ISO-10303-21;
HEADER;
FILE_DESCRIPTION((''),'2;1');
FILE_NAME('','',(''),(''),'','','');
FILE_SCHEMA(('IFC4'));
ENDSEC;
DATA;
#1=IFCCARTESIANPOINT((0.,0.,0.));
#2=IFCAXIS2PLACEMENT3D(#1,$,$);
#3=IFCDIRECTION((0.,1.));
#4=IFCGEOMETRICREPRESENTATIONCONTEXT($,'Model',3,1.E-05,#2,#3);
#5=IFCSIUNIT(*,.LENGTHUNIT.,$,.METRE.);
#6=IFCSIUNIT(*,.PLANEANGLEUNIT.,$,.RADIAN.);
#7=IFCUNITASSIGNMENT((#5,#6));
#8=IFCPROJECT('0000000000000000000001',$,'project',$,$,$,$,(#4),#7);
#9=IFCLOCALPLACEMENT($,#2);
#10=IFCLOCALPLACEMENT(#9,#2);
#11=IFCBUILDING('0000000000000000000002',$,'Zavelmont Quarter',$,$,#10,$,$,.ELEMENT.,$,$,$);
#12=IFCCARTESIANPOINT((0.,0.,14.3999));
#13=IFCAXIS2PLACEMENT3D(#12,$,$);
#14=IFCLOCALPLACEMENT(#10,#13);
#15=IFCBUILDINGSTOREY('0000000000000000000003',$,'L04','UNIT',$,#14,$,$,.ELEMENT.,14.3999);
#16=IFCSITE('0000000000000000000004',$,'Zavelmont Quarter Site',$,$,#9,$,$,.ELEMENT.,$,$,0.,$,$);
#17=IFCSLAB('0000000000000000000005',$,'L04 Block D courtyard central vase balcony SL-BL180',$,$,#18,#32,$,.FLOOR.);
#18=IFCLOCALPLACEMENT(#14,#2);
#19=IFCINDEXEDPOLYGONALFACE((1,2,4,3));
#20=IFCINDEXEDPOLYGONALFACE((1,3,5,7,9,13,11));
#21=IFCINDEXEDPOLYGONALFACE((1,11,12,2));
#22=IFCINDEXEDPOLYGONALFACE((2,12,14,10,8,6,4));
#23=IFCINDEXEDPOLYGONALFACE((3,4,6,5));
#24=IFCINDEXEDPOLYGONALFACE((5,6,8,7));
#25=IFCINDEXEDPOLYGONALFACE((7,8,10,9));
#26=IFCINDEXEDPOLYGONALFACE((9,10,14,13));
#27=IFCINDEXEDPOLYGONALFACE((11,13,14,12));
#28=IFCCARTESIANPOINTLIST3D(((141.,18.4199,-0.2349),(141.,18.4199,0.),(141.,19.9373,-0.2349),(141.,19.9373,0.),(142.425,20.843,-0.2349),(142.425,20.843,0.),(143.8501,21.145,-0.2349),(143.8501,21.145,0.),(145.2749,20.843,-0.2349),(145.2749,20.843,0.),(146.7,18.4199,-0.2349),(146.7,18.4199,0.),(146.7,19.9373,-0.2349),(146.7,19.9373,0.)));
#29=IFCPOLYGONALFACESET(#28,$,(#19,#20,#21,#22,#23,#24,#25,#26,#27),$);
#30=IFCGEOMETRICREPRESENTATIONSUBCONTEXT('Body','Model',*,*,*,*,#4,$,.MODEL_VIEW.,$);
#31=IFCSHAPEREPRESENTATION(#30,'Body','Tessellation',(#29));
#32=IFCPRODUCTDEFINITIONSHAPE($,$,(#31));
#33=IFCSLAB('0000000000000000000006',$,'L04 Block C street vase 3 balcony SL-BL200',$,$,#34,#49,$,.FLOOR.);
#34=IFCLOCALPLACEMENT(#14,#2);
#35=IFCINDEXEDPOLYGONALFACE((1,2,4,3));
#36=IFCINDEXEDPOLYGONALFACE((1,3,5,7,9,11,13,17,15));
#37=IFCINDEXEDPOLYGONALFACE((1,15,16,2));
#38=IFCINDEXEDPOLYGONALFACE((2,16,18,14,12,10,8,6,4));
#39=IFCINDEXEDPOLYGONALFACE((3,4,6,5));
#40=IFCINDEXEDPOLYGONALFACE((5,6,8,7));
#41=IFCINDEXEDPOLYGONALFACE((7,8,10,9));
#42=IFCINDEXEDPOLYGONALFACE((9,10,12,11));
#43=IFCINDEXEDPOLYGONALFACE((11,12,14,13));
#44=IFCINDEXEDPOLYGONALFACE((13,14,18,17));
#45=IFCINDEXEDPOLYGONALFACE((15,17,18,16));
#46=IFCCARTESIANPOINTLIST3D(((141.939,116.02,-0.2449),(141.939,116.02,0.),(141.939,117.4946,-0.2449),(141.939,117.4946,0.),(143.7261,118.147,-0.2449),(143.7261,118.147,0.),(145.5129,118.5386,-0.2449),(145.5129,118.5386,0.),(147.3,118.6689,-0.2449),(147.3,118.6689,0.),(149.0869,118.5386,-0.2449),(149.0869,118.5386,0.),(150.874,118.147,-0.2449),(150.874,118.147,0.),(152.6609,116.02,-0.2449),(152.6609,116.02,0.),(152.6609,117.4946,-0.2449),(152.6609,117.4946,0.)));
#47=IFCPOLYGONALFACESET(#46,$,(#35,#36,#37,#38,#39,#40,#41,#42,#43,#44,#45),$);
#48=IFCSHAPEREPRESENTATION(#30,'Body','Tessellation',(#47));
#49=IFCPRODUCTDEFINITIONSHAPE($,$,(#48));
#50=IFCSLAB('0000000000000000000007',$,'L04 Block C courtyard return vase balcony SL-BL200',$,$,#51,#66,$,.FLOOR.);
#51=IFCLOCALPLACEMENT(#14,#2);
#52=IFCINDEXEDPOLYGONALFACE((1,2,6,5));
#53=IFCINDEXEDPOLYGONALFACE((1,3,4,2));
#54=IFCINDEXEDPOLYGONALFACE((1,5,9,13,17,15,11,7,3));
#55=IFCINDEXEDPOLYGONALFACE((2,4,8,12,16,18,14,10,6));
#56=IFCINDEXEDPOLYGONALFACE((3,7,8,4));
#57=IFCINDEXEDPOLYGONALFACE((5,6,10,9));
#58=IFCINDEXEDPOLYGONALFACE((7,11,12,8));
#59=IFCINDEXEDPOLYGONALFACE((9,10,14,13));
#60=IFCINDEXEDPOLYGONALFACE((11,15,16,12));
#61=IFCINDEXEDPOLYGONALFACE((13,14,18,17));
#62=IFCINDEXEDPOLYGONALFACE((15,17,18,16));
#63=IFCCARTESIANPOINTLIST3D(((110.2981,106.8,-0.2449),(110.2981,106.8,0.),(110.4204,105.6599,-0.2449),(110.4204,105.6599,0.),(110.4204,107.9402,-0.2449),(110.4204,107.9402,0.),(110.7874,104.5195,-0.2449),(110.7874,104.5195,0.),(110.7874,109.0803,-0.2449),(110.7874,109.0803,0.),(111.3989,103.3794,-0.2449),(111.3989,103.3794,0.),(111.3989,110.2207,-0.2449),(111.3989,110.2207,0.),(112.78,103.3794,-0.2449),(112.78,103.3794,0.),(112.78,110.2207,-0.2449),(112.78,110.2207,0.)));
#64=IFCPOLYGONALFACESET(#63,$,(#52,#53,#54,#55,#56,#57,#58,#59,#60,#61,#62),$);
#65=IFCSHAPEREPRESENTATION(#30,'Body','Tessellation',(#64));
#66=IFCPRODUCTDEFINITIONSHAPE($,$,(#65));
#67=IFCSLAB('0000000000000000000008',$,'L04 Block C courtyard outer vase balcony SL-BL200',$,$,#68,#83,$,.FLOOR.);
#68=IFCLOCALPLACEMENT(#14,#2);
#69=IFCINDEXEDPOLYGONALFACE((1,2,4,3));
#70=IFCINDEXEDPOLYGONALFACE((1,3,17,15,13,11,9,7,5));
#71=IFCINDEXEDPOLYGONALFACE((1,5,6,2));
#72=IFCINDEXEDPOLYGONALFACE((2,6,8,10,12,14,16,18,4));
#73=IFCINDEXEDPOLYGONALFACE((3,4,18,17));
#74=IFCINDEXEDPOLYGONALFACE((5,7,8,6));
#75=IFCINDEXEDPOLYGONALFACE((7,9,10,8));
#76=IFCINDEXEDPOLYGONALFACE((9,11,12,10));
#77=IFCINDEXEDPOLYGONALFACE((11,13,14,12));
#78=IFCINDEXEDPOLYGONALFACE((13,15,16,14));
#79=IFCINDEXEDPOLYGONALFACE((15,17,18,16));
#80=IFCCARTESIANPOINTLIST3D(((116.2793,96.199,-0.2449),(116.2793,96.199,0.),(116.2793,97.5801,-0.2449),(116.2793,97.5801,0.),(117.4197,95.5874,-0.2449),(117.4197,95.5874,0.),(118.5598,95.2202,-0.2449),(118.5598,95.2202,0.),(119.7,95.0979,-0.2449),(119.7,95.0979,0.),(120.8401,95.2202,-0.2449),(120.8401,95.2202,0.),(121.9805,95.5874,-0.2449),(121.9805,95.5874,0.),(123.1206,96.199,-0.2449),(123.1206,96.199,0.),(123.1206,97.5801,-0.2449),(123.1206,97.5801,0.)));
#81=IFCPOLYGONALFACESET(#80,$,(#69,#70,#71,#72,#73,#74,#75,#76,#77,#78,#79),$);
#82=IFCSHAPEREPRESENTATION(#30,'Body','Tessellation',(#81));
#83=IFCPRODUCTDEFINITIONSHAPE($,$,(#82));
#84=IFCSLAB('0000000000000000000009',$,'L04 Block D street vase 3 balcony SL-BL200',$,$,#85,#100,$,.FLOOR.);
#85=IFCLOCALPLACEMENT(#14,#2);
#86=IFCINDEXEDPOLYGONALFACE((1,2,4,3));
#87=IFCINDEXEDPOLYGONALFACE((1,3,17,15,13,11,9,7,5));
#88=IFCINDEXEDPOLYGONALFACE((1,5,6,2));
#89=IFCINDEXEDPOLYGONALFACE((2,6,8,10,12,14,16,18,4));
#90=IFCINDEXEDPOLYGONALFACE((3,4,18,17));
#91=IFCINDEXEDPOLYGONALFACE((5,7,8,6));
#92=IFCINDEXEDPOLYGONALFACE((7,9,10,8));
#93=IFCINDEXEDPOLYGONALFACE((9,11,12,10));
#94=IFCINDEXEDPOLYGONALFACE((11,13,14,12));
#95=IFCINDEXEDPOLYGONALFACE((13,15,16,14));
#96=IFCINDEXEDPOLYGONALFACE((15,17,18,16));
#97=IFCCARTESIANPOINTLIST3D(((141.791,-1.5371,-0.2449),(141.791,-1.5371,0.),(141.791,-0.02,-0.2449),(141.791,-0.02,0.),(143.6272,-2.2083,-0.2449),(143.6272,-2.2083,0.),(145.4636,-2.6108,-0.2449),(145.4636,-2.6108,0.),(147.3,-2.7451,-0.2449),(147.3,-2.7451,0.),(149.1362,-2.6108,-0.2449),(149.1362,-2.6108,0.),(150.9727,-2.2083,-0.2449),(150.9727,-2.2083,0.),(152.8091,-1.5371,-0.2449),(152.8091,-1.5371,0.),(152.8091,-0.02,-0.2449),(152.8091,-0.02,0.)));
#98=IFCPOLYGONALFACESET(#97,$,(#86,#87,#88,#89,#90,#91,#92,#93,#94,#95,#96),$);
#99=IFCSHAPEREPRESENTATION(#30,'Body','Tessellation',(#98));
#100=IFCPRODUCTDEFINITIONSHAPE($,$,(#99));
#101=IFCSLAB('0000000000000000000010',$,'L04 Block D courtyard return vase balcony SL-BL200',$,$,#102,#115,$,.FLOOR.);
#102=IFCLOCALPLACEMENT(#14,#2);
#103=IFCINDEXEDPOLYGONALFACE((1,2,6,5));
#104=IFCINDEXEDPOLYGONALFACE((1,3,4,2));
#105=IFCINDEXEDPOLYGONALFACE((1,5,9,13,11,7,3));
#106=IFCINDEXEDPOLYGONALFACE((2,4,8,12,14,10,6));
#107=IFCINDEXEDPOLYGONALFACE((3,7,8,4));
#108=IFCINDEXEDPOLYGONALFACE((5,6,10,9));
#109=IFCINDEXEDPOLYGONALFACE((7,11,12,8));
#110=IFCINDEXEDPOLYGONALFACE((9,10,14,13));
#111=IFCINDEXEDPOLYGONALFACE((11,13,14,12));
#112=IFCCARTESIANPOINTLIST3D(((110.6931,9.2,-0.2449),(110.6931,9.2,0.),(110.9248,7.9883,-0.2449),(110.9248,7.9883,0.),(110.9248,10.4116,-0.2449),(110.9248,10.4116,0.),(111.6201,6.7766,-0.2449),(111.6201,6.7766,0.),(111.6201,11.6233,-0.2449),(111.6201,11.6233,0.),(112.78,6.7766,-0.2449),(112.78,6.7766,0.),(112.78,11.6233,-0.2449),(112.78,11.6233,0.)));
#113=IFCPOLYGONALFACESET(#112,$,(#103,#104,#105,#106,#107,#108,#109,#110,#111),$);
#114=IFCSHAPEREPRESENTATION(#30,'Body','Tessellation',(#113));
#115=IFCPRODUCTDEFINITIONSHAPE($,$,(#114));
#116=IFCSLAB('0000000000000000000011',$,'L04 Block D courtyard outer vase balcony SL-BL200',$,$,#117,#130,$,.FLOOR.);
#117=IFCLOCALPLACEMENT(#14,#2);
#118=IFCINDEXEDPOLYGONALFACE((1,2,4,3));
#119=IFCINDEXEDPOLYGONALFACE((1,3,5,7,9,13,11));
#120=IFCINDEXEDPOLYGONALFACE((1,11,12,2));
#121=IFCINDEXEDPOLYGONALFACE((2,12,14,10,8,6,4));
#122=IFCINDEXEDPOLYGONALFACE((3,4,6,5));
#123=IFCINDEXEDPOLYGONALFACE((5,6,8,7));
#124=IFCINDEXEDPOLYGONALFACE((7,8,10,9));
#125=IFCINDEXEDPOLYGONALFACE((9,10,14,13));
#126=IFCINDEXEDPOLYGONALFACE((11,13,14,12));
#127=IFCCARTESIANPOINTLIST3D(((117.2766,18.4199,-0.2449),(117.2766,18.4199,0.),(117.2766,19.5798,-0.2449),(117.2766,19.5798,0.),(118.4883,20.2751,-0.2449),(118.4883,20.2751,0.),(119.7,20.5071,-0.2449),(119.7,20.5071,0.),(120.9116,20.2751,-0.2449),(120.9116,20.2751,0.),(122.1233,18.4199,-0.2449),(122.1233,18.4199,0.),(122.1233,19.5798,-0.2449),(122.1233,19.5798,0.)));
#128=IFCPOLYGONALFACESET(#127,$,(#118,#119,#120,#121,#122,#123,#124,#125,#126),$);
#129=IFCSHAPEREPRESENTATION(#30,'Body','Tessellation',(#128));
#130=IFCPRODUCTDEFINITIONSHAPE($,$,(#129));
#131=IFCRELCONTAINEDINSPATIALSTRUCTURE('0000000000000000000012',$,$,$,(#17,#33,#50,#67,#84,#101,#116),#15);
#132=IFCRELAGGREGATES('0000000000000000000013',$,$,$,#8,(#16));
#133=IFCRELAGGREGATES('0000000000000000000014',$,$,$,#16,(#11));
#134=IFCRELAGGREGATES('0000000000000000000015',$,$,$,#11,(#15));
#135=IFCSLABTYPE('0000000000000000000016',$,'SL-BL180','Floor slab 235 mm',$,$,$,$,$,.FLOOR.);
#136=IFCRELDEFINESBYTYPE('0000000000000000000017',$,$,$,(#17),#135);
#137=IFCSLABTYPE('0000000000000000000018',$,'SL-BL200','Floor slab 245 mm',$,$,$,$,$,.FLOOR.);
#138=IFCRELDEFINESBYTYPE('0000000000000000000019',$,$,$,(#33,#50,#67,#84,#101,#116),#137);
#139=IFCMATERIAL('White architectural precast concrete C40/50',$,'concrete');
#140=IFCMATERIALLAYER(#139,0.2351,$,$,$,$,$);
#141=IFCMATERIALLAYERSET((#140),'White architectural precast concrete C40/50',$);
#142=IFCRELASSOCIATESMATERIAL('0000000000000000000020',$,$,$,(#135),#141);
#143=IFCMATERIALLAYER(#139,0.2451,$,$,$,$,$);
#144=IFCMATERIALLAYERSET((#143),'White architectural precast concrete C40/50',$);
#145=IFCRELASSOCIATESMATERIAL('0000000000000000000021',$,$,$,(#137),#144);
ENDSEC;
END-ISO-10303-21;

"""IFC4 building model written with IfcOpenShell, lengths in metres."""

from ifc_helpers import new_model, si_unit, direction, frame, origin, place, context, subcontext, project, spatial, polyline, outline, extrude, material, layer, layer_set, type_object, element, save


model = new_model("IFC4")

# Units and contexts
model_context = context("Model", 3, precision=1e-05, world=origin(), true_north=direction((0.0, 1.0)))
body_context = subcontext(model_context, "Body", "Model", "MODEL_VIEW")
ifc_project = project(units=[si_unit("LENGTHUNIT", "METRE"), si_unit("PLANEANGLEUNIT", "RADIAN")], contexts=[model_context])

# Site, building, storey
site_placement = place(None, origin())
site = spatial("IfcSite", under=ifc_project, at=site_placement, Name="Zavelmont Quarter Site", CompositionType="ELEMENT", RefElevation=0.0)
building_placement = place(site_placement, origin())
building = spatial("IfcBuilding", under=site, at=building_placement, Name="Zavelmont Quarter", CompositionType="ELEMENT")
storey_placement = place(building_placement, frame((0.0, 0.0, 14.3999)))
storey = spatial("IfcBuildingStorey", under=building, at=storey_placement, Name="L04", Description="UNIT", CompositionType="ELEMENT", Elevation=14.3999)

# Slabs
ifc_material_1 = material(Name="White architectural precast concrete C40/50", Category="concrete")
ifc_layer_1 = layer(ifc_material_1, 0.2351)
ifc_layer_set_1 = layer_set([ifc_layer_1], Name="White architectural precast concrete C40/50")
slab_type_1 = type_object("IfcSlabType", Name="SL-BL180", Description="Floor slab 235 mm", PredefinedType="FLOOR", material=ifc_layer_set_1)
slab_1_placement = place(storey_placement, frame((0.0, 0.0, -0.2349)))
element("IfcSlab", 1, at=slab_1_placement, inside=storey, type_object=slab_type_1, Name="L04 Block D courtyard central vase balcony SL-BL180", PredefinedType="FLOOR", context=body_context, shape_type="SweptSolid", body=[
    extrude(outline(polyline([(146.7, 18.4199), (146.7, 19.9373), (145.2749, 20.843), (143.8501, 21.145), (142.425, 20.843), (141.0, 19.9373), (141.0, 18.4199), (146.7, 18.4199)])), origin(), (0.0, 0.0, 1.0), 0.2349),
])
ifc_layer_2 = layer(ifc_material_1, 0.2451)
ifc_layer_set_2 = layer_set([ifc_layer_2], Name="White architectural precast concrete C40/50")
slab_type_2 = type_object("IfcSlabType", Name="SL-BL200", Description="Floor slab 245 mm", PredefinedType="FLOOR", material=ifc_layer_set_2)
slab_2_placement = place(storey_placement, frame((0.0, 0.0, -0.2449)))
element("IfcSlab", 2, at=slab_2_placement, inside=storey, type_object=slab_type_2, Name="L04 Block C street vase 3 balcony SL-BL200", PredefinedType="FLOOR", context=body_context, shape_type="SweptSolid", body=[
    extrude(outline(polyline([(152.6609, 116.02), (152.6609, 117.4946), (150.874, 118.147), (149.0869, 118.5386), (147.3, 118.6689), (145.5129, 118.5386), (143.7261, 118.147), (141.939, 117.4946), (141.939, 116.02), (152.6609, 116.02)])), origin(), (0.0, 0.0, 1.0), 0.2449),
])
slab_3_placement = place(storey_placement, frame((0.0, 0.0, -0.2449)))
element("IfcSlab", 3, at=slab_3_placement, inside=storey, type_object=slab_type_2, Name="L04 Block C courtyard return vase balcony SL-BL200", PredefinedType="FLOOR", context=body_context, shape_type="SweptSolid", body=[
    extrude(outline(polyline([(112.78, 110.2207), (111.3989, 110.2207), (110.7874, 109.0803), (110.4204, 107.9402), (110.2981, 106.8), (110.4204, 105.6599), (110.7874, 104.5195), (111.3989, 103.3794), (112.78, 103.3794), (112.78, 110.2207)])), origin(), (0.0, 0.0, 1.0), 0.2449),
])
slab_4_placement = place(storey_placement, frame((0.0, 0.0, -0.2449)))
element("IfcSlab", 4, at=slab_4_placement, inside=storey, type_object=slab_type_2, Name="L04 Block C courtyard outer vase balcony SL-BL200", PredefinedType="FLOOR", context=body_context, shape_type="SweptSolid", body=[
    extrude(outline(polyline([(116.2793, 97.5801), (116.2793, 96.199), (117.4197, 95.5874), (118.5598, 95.2202), (119.7, 95.0979), (120.8401, 95.2202), (121.9805, 95.5874), (123.1206, 96.199), (123.1206, 97.5801), (116.2793, 97.5801)])), origin(), (0.0, 0.0, 1.0), 0.2449),
])
slab_5_placement = place(storey_placement, frame((0.0, 0.0, -0.2449)))
element("IfcSlab", 5, at=slab_5_placement, inside=storey, type_object=slab_type_2, Name="L04 Block D street vase 3 balcony SL-BL200", PredefinedType="FLOOR", context=body_context, shape_type="SweptSolid", body=[
    extrude(outline(polyline([(141.791, -0.02), (141.791, -1.5371), (143.6272, -2.2083), (145.4636, -2.6108), (147.3, -2.7451), (149.1362, -2.6108), (150.9727, -2.2083), (152.8091, -1.5371), (152.8091, -0.02), (141.791, -0.02)])), origin(), (0.0, 0.0, 1.0), 0.2449),
])
slab_6_placement = place(storey_placement, frame((0.0, 0.0, -0.2449)))
element("IfcSlab", 6, at=slab_6_placement, inside=storey, type_object=slab_type_2, Name="L04 Block D courtyard return vase balcony SL-BL200", PredefinedType="FLOOR", context=body_context, shape_type="SweptSolid", body=[
    extrude(outline(polyline([(112.78, 11.6233), (111.6201, 11.6233), (110.9248, 10.4116), (110.6931, 9.2), (110.9248, 7.9883), (111.6201, 6.7766), (112.78, 6.7766), (112.78, 11.6233)])), origin(), (0.0, 0.0, 1.0), 0.2449),
])
slab_7_placement = place(storey_placement, frame((0.0, 0.0, -0.2449)))
element("IfcSlab", 7, at=slab_7_placement, inside=storey, type_object=slab_type_2, Name="L04 Block D courtyard outer vase balcony SL-BL200", PredefinedType="FLOOR", context=body_context, shape_type="SweptSolid", body=[
    extrude(outline(polyline([(122.1233, 18.4199), (122.1233, 19.5798), (120.9116, 20.2751), (119.7, 20.5071), (118.4883, 20.2751), (117.2766, 19.5798), (117.2766, 18.4199), (122.1233, 18.4199)])), origin(), (0.0, 0.0, 1.0), 0.2449),
])

save(model, "model.ifc")
